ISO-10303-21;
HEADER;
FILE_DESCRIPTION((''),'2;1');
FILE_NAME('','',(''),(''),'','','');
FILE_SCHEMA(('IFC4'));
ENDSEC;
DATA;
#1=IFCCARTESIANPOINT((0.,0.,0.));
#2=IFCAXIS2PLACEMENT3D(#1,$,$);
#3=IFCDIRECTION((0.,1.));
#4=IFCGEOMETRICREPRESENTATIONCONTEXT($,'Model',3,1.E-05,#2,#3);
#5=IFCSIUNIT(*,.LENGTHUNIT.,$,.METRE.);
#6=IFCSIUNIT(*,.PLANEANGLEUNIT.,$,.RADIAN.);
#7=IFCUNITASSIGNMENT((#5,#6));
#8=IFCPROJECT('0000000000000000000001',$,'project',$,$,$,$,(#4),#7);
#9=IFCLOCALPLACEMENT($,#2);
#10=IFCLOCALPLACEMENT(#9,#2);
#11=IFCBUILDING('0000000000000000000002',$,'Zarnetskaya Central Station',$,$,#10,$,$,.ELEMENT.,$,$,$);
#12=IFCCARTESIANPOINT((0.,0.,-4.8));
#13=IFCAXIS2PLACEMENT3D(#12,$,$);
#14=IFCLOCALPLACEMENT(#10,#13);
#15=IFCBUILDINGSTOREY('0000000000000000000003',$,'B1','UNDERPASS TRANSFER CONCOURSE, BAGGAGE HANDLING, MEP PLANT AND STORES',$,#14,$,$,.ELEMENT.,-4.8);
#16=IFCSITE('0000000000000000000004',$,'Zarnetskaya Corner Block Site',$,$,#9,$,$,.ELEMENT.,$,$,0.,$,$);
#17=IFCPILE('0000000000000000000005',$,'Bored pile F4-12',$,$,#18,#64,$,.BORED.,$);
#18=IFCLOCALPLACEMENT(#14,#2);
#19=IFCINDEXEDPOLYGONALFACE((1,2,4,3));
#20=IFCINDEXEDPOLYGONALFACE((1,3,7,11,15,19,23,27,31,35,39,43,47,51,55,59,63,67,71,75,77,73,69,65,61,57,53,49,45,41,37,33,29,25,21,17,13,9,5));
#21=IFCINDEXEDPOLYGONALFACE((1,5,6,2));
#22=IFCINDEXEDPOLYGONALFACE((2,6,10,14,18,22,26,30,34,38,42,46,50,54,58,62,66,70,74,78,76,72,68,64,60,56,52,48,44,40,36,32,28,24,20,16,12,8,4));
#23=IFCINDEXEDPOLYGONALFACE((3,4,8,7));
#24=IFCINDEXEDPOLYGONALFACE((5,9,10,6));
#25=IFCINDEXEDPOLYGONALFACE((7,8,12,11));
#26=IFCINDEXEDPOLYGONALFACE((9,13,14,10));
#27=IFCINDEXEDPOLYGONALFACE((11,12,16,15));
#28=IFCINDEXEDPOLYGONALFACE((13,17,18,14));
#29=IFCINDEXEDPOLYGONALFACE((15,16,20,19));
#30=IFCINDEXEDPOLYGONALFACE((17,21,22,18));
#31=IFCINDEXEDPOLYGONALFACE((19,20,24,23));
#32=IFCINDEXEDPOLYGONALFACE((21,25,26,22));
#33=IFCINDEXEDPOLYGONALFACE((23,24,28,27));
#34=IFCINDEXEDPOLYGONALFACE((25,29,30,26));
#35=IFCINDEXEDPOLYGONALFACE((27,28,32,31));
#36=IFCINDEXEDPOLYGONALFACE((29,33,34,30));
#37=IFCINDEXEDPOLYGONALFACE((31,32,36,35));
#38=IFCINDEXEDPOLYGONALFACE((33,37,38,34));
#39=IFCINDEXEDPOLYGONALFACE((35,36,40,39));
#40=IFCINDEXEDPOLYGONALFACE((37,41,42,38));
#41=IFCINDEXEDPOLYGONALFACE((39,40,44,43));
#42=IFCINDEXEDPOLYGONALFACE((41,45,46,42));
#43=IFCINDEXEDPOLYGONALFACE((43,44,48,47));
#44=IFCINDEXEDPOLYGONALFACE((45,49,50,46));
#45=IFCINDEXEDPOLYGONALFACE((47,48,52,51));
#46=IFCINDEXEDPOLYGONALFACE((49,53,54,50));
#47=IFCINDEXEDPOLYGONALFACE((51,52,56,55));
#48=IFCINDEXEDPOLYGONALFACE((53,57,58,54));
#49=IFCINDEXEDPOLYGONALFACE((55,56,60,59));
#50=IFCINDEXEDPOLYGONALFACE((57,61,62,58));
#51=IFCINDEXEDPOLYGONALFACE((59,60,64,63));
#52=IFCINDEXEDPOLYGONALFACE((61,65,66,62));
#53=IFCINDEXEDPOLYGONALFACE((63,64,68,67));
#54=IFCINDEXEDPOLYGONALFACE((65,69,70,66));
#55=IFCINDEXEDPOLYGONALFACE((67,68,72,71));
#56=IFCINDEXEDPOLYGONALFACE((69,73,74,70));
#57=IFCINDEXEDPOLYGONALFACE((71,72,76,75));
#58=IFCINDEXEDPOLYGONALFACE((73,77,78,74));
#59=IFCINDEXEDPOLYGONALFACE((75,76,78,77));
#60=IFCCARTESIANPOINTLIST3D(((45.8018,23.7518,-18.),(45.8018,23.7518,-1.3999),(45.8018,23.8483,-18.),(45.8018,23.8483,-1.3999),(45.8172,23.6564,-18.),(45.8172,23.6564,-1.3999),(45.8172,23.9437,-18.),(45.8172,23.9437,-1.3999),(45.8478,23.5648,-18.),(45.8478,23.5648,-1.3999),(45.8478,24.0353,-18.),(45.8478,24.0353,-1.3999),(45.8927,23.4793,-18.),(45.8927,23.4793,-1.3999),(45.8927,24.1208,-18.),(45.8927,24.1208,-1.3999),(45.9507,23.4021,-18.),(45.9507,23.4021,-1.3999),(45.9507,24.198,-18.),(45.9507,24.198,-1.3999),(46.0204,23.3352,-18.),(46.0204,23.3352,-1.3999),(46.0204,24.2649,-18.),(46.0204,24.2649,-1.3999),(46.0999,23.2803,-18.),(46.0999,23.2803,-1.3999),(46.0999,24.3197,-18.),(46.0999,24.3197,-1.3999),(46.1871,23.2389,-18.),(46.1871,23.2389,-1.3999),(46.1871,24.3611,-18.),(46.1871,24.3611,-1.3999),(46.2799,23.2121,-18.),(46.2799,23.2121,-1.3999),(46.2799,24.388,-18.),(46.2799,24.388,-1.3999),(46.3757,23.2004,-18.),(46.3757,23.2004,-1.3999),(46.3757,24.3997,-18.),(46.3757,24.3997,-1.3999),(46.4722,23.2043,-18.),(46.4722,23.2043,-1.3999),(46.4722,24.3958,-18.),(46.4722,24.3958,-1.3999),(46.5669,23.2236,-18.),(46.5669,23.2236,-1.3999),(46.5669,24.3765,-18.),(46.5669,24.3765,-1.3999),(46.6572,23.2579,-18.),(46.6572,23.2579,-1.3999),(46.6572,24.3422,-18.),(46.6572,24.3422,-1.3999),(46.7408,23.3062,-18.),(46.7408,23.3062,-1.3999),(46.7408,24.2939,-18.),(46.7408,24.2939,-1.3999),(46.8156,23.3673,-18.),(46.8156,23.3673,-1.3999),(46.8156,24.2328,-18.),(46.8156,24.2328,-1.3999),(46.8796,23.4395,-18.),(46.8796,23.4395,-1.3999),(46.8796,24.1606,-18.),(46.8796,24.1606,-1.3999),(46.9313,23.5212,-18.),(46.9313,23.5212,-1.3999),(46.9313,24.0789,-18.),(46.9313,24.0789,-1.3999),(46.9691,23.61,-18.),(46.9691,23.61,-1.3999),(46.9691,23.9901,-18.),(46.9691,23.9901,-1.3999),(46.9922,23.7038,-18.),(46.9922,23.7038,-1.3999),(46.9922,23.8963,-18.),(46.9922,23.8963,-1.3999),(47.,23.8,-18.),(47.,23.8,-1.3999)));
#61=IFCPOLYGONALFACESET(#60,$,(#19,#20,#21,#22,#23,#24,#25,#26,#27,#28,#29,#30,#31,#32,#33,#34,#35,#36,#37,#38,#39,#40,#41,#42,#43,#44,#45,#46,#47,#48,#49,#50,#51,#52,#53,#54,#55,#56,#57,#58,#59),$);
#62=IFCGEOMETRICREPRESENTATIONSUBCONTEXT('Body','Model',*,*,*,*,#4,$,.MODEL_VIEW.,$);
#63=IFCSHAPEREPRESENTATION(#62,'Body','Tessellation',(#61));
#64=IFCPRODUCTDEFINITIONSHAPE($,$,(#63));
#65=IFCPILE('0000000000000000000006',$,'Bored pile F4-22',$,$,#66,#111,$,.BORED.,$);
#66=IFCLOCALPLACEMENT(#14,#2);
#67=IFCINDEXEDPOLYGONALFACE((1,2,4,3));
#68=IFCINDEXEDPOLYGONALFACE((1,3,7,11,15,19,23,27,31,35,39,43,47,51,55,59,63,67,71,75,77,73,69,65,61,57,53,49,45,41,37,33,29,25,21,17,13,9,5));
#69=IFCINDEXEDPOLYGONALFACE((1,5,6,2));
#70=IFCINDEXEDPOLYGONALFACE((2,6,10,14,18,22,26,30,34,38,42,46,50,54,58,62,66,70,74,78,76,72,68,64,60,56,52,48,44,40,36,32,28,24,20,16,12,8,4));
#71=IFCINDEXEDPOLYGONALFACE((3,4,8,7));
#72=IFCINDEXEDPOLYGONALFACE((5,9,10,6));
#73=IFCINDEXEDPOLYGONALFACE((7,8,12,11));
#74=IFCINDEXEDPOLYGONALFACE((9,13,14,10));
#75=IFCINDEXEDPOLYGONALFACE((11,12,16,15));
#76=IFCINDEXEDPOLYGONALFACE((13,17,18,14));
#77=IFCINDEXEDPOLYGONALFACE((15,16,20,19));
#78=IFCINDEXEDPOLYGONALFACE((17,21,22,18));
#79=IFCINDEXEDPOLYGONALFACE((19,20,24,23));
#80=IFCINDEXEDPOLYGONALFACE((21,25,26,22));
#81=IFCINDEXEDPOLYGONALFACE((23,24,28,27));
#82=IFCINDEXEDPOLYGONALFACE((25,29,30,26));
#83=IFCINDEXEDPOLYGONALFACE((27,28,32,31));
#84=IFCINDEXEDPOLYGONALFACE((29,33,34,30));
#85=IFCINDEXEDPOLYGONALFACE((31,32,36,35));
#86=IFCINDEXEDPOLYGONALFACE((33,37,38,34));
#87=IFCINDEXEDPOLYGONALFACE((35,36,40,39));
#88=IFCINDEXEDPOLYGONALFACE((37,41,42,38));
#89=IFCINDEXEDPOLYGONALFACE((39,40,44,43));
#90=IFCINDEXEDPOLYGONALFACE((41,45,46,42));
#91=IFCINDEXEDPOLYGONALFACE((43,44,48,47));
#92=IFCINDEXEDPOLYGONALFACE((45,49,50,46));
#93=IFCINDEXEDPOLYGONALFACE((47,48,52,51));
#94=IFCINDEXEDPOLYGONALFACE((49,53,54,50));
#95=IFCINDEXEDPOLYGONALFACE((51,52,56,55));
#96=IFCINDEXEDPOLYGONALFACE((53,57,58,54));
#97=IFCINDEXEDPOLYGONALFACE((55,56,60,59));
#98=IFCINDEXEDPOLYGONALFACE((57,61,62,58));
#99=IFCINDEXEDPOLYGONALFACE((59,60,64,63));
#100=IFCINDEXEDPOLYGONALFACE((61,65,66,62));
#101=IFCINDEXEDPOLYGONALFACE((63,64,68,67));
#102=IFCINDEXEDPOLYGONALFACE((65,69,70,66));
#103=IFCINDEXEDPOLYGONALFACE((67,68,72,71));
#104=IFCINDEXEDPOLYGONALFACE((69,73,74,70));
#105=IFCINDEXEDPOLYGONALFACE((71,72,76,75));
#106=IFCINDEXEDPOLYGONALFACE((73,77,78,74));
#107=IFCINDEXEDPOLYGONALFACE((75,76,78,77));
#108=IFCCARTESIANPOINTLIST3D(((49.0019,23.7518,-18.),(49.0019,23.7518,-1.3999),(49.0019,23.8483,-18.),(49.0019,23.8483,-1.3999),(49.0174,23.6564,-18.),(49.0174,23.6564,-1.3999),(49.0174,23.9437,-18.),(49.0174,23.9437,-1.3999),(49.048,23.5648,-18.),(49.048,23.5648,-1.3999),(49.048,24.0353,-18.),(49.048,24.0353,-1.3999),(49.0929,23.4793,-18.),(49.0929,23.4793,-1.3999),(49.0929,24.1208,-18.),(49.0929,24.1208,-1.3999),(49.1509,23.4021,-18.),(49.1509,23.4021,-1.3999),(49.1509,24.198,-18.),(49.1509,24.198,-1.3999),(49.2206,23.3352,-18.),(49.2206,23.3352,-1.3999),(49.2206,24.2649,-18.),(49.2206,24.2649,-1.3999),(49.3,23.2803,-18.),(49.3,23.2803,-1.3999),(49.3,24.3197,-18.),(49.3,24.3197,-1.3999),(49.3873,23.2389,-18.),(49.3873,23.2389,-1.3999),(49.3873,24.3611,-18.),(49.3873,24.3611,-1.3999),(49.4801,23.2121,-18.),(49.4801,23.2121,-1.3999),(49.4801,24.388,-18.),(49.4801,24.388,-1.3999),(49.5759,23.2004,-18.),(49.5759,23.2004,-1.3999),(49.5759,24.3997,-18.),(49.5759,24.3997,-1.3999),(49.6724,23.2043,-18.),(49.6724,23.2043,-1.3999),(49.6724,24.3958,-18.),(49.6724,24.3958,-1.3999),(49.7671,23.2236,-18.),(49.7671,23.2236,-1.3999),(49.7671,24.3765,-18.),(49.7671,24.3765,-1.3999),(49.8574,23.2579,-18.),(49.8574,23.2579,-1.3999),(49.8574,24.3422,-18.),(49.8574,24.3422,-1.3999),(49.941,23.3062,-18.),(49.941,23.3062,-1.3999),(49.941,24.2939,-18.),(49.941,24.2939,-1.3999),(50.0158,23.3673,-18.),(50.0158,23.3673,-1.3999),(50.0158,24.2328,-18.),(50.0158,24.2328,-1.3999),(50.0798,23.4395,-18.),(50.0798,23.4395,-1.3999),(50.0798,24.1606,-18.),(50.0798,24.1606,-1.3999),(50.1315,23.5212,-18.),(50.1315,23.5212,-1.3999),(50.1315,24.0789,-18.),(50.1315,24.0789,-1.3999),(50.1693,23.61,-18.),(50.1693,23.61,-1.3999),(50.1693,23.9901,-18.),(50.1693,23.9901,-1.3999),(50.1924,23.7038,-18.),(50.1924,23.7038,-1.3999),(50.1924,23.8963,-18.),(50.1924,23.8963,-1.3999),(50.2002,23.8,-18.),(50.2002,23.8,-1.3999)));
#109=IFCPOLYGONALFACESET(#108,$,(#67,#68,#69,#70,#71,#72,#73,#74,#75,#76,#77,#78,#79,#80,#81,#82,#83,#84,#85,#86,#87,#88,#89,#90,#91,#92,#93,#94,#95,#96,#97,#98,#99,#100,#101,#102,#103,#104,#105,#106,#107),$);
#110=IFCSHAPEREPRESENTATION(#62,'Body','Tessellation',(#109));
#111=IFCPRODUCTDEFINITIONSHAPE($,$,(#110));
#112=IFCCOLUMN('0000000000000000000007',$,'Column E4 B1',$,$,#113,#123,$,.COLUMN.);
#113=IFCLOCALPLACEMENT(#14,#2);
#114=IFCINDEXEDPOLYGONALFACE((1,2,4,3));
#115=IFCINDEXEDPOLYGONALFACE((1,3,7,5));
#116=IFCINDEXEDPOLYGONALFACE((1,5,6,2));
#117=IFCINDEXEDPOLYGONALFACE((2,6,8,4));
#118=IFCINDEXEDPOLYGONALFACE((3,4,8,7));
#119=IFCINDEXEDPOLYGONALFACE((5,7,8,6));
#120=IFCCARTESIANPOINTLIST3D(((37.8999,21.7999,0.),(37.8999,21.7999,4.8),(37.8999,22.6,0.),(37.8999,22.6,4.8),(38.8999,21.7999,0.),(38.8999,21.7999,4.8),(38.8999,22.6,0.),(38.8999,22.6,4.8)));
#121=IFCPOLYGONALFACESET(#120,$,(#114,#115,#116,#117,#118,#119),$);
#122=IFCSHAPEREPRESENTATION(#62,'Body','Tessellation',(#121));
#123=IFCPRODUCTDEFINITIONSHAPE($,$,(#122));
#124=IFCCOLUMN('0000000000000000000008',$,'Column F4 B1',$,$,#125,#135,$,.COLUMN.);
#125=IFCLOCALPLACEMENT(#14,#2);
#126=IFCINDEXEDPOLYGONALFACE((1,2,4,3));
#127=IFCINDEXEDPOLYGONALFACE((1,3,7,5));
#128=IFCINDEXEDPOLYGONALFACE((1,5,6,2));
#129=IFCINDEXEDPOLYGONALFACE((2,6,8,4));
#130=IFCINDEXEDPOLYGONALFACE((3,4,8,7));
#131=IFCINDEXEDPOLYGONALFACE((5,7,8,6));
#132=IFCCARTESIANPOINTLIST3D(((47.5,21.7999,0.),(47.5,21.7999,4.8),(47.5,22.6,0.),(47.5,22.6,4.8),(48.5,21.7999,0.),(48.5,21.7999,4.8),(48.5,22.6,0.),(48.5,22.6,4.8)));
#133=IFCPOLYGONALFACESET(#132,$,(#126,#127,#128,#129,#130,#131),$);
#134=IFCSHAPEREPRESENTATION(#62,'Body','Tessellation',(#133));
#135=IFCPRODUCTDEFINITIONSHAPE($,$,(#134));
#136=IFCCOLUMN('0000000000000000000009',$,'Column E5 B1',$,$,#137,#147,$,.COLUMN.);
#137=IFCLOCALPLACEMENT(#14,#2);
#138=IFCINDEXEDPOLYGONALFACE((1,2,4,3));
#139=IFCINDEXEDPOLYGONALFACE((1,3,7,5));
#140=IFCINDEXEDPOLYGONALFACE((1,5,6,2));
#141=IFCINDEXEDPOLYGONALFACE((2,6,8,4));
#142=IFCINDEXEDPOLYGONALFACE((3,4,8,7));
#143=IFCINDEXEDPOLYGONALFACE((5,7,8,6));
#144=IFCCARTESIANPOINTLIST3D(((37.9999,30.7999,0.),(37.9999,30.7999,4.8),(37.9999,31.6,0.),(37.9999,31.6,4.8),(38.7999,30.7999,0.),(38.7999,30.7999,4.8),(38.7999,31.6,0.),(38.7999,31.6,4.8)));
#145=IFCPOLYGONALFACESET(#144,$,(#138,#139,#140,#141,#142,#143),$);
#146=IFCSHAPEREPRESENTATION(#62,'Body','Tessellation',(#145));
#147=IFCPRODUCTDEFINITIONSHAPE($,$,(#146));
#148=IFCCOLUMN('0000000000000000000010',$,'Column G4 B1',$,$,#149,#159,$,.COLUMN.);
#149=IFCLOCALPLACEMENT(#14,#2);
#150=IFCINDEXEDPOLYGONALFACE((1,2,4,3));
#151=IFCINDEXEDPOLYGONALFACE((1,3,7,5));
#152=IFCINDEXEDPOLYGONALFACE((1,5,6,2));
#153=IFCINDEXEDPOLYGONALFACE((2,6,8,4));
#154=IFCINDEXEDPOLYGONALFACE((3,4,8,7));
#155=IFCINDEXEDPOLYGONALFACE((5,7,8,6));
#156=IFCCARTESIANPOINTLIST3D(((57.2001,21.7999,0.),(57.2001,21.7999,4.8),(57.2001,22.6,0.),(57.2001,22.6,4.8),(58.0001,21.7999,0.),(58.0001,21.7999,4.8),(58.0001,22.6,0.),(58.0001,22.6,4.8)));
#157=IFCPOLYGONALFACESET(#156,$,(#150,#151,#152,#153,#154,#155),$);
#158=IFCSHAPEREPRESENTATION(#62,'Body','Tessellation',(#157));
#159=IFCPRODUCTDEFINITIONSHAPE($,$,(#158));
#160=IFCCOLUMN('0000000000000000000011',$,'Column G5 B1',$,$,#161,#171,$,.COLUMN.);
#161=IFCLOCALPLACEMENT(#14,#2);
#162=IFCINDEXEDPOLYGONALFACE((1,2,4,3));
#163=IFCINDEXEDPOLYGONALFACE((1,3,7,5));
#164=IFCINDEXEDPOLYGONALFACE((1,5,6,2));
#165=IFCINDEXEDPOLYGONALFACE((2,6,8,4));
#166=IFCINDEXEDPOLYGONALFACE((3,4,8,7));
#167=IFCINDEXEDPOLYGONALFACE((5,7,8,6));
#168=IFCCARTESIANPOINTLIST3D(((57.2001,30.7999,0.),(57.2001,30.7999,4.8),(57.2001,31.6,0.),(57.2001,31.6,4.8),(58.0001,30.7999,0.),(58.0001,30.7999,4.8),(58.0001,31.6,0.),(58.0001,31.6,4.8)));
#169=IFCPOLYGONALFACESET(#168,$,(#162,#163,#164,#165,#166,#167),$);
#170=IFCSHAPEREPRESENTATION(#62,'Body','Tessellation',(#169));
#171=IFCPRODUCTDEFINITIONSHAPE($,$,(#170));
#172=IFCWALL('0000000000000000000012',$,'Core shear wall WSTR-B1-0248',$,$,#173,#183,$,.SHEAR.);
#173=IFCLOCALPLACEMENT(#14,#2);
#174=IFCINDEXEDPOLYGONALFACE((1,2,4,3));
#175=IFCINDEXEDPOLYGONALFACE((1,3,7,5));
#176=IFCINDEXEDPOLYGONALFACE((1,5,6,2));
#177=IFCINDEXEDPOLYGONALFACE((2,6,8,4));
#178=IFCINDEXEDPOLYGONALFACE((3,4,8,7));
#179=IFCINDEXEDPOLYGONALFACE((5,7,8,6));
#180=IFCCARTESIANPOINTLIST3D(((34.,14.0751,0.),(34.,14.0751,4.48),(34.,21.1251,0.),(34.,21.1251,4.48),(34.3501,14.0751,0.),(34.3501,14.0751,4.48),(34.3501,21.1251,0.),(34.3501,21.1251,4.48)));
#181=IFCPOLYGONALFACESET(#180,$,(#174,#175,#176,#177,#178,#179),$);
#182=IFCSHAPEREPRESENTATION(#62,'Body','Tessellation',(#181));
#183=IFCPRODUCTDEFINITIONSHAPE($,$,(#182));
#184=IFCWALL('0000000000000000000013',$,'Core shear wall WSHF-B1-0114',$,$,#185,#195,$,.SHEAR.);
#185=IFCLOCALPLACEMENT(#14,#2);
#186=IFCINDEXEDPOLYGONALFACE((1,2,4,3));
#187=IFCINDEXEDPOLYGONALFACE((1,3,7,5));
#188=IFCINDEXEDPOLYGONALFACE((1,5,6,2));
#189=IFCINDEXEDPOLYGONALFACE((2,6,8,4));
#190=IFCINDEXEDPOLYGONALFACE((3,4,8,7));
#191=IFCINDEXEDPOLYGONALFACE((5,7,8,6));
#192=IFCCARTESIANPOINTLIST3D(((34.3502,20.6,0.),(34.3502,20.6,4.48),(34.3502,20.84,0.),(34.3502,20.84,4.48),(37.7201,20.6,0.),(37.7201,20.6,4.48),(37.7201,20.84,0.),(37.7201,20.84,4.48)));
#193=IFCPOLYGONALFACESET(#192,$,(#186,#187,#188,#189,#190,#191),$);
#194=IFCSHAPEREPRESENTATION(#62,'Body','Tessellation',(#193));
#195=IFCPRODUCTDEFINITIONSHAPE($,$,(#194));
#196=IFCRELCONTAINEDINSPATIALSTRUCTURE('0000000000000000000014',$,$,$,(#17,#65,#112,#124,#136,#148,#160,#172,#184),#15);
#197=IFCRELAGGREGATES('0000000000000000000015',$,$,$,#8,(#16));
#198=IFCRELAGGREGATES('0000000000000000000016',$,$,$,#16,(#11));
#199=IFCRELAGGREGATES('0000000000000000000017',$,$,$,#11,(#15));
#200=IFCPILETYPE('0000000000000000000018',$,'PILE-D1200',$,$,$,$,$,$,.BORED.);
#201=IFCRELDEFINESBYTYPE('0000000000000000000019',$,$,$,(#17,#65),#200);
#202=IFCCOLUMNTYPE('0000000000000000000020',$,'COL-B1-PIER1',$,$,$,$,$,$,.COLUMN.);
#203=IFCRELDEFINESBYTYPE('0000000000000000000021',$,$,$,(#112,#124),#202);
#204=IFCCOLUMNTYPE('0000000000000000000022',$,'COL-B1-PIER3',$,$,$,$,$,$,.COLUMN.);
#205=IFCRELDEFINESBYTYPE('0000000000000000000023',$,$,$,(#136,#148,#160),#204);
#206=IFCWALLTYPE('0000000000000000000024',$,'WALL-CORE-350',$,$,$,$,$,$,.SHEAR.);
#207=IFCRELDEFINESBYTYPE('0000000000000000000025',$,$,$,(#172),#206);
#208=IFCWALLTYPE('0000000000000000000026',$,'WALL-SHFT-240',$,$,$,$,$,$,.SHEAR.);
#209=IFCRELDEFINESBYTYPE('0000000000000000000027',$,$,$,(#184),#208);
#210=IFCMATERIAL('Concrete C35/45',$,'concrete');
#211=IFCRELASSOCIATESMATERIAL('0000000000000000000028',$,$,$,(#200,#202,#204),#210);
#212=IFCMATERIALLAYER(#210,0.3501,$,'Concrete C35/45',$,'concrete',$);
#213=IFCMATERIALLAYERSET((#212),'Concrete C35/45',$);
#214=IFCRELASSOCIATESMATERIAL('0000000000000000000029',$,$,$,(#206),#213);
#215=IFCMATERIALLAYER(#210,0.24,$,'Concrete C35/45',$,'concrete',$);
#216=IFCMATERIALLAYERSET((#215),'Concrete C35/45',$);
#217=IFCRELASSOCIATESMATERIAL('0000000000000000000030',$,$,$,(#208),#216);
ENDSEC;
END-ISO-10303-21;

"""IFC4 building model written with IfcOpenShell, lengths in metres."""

from ifc_helpers import new_model, si_unit, direction, frame, frame_2d, origin, origin_2d, place, context, subcontext, project, spatial, rectangle, circle, extrude, material, layer, layer_set, material_profile, profile_set, type_object, element, save


model = new_model("IFC4")

# Units and contexts
model_context = context("Model", 3, precision=1e-05, world=origin(), true_north=direction((0.0, 1.0)))
body_context = subcontext(model_context, "Body", "Model", "MODEL_VIEW")
ifc_project = project(units=[si_unit("LENGTHUNIT", "METRE"), si_unit("PLANEANGLEUNIT", "RADIAN")], contexts=[model_context])

# Site, building, storey
site_placement = place(None, origin())
site = spatial("IfcSite", under=ifc_project, at=site_placement, Name="Zarnetskaya Corner Block Site", CompositionType="ELEMENT", RefElevation=0.0)
building_placement = place(site_placement, origin())
building = spatial("IfcBuilding", under=site, at=building_placement, Name="Zarnetskaya Central Station", CompositionType="ELEMENT")
storey_placement = place(building_placement, frame((0.0, 0.0, -4.8)))
storey = spatial("IfcBuildingStorey", under=building, at=storey_placement, Name="B1", Description="UNDERPASS TRANSFER CONCOURSE, BAGGAGE HANDLING, MEP PLANT AND STORES", CompositionType="ELEMENT", Elevation=-4.8)

# Shared definitions
ifc_material = material(Name="Concrete C35/45", Category="concrete")

# Piles
ifc_material_profile_1 = material_profile(ifc_material, circle(Radius=0.6001, at=origin_2d()), Name="BORED PILE D1200")
ifc_profile_set_1 = profile_set([ifc_material_profile_1], Name="Concrete C35/45")
pile_type_1 = type_object("IfcPileType", Name="PILE-D1200", PredefinedType="BORED", material=ifc_profile_set_1)
for number, where, z_axis, x_axis, name in (
    (1, (46.3999, 23.8, -1.3999), (0.0, 0.0, -1.0), (1.0, 0.0, 0.0), "Bored pile F4-12"),
    (2, (49.6001, 23.8, -1.3999), (0.0, 0.0, -1.0), (1.0, 0.0, 0.0), "Bored pile F4-22"),
):
    element("IfcPile", number, at=place(storey_placement, frame(where, z_axis=z_axis, x_axis=x_axis)), inside=storey, type_object=pile_type_1, Name=name, PredefinedType="BORED", context=body_context, shape_type="SweptSolid", body=[
        extrude(circle(Radius=0.6001, at=origin_2d()), origin(), (0.0, 0.0, 1.0), 16.6001),
    ])

# Columns
ifc_material_profile_2 = material_profile(ifc_material, rectangle(XDim=1.0, YDim=0.8, at=origin_2d()), Name="RC PIER 1000x800")
ifc_profile_set_2 = profile_set([ifc_material_profile_2], Name="Concrete C35/45")
column_type_1 = type_object("IfcColumnType", Name="COL-B1-PIER1", PredefinedType="COLUMN", material=ifc_profile_set_2)
for number, where, z_axis, x_axis, name in (
    (3, (38.3999, 22.2, 0.0), (0.0, 0.0, 1.0), (1.0, 0.0, 0.0), "Column E4 B1"),
    (4, (48.0, 22.2, 0.0), (0.0, 0.0, 1.0), (1.0, 0.0, 0.0), "Column F4 B1"),
):
    element("IfcColumn", number, at=place(storey_placement, frame(where, z_axis=z_axis, x_axis=x_axis)), inside=storey, type_object=column_type_1, Name=name, PredefinedType="COLUMN", context=body_context, shape_type="SweptSolid", body=[
        extrude(rectangle(XDim=1.0, YDim=0.8, at=origin_2d()), origin(), (0.0, 0.0, 1.0), 4.8),
    ])
ifc_material_profile_3 = material_profile(ifc_material, rectangle(XDim=0.8, YDim=0.8, at=origin_2d()), Name="RC 800x800")
ifc_profile_set_3 = profile_set([ifc_material_profile_3], Name="Concrete C35/45")
column_type_2 = type_object("IfcColumnType", Name="COL-B1-PIER3", PredefinedType="COLUMN", material=ifc_profile_set_3)
for number, where, z_axis, x_axis, name in (
    (5, (38.3999, 31.2, 0.0), (0.0, 0.0, 1.0), (1.0, 0.0, 0.0), "Column E5 B1"),
    (6, (57.6001, 22.2, 0.0), (0.0, 0.0, 1.0), (1.0, 0.0, 0.0), "Column G4 B1"),
    (7, (57.6001, 31.2, 0.0), (0.0, 0.0, 1.0), (1.0, 0.0, 0.0), "Column G5 B1"),
):
    element("IfcColumn", number, at=place(storey_placement, frame(where, z_axis=z_axis, x_axis=x_axis)), inside=storey, type_object=column_type_2, Name=name, PredefinedType="COLUMN", context=body_context, shape_type="SweptSolid", body=[
        extrude(rectangle(XDim=0.8, YDim=0.8, at=origin_2d()), origin(), (0.0, 0.0, 1.0), 4.8),
    ])

# Walls
ifc_layer_1 = layer(ifc_material, 0.3501, Name="Concrete C35/45", Category="concrete")
ifc_layer_set_1 = layer_set([ifc_layer_1], Name="Concrete C35/45")
wall_type_1 = type_object("IfcWallType", Name="WALL-CORE-350", PredefinedType="SHEAR", material=ifc_layer_set_1)
wall_1_placement = place(storey_placement, frame((34.175, 21.125, 0.0), z_axis=(0.0, 0.0, 1.0), x_axis=(0.0, -1.0, 0.0)))
element("IfcWall", 8, at=wall_1_placement, inside=storey, type_object=wall_type_1, Name="Core shear wall WSTR-B1-0248", PredefinedType="SHEAR", context=body_context, shape_type="SweptSolid", body=[
    extrude(rectangle(XDim=7.05, YDim=0.3501, at=frame_2d((3.5249, 0.0))), origin(), (0.0, 0.0, 1.0), 4.48),
])
ifc_layer_2 = layer(ifc_material, 0.24, Name="Concrete C35/45", Category="concrete")
ifc_layer_set_2 = layer_set([ifc_layer_2], Name="Concrete C35/45")
wall_type_2 = type_object("IfcWallType", Name="WALL-SHFT-240", PredefinedType="SHEAR", material=ifc_layer_set_2)
wall_2_placement = place(storey_placement, frame((34.3501, 20.72, 0.0), z_axis=(0.0, 0.0, 1.0), x_axis=(1.0, 0.0, 0.0)))
element("IfcWall", 9, at=wall_2_placement, inside=storey, type_object=wall_type_2, Name="Core shear wall WSHF-B1-0114", PredefinedType="SHEAR", context=body_context, shape_type="SweptSolid", body=[
    extrude(rectangle(XDim=3.3699, YDim=0.24, at=frame_2d((1.6851, 0.0))), origin(), (0.0, 0.0, 1.0), 4.48),
])

save(model, "model.ifc")
